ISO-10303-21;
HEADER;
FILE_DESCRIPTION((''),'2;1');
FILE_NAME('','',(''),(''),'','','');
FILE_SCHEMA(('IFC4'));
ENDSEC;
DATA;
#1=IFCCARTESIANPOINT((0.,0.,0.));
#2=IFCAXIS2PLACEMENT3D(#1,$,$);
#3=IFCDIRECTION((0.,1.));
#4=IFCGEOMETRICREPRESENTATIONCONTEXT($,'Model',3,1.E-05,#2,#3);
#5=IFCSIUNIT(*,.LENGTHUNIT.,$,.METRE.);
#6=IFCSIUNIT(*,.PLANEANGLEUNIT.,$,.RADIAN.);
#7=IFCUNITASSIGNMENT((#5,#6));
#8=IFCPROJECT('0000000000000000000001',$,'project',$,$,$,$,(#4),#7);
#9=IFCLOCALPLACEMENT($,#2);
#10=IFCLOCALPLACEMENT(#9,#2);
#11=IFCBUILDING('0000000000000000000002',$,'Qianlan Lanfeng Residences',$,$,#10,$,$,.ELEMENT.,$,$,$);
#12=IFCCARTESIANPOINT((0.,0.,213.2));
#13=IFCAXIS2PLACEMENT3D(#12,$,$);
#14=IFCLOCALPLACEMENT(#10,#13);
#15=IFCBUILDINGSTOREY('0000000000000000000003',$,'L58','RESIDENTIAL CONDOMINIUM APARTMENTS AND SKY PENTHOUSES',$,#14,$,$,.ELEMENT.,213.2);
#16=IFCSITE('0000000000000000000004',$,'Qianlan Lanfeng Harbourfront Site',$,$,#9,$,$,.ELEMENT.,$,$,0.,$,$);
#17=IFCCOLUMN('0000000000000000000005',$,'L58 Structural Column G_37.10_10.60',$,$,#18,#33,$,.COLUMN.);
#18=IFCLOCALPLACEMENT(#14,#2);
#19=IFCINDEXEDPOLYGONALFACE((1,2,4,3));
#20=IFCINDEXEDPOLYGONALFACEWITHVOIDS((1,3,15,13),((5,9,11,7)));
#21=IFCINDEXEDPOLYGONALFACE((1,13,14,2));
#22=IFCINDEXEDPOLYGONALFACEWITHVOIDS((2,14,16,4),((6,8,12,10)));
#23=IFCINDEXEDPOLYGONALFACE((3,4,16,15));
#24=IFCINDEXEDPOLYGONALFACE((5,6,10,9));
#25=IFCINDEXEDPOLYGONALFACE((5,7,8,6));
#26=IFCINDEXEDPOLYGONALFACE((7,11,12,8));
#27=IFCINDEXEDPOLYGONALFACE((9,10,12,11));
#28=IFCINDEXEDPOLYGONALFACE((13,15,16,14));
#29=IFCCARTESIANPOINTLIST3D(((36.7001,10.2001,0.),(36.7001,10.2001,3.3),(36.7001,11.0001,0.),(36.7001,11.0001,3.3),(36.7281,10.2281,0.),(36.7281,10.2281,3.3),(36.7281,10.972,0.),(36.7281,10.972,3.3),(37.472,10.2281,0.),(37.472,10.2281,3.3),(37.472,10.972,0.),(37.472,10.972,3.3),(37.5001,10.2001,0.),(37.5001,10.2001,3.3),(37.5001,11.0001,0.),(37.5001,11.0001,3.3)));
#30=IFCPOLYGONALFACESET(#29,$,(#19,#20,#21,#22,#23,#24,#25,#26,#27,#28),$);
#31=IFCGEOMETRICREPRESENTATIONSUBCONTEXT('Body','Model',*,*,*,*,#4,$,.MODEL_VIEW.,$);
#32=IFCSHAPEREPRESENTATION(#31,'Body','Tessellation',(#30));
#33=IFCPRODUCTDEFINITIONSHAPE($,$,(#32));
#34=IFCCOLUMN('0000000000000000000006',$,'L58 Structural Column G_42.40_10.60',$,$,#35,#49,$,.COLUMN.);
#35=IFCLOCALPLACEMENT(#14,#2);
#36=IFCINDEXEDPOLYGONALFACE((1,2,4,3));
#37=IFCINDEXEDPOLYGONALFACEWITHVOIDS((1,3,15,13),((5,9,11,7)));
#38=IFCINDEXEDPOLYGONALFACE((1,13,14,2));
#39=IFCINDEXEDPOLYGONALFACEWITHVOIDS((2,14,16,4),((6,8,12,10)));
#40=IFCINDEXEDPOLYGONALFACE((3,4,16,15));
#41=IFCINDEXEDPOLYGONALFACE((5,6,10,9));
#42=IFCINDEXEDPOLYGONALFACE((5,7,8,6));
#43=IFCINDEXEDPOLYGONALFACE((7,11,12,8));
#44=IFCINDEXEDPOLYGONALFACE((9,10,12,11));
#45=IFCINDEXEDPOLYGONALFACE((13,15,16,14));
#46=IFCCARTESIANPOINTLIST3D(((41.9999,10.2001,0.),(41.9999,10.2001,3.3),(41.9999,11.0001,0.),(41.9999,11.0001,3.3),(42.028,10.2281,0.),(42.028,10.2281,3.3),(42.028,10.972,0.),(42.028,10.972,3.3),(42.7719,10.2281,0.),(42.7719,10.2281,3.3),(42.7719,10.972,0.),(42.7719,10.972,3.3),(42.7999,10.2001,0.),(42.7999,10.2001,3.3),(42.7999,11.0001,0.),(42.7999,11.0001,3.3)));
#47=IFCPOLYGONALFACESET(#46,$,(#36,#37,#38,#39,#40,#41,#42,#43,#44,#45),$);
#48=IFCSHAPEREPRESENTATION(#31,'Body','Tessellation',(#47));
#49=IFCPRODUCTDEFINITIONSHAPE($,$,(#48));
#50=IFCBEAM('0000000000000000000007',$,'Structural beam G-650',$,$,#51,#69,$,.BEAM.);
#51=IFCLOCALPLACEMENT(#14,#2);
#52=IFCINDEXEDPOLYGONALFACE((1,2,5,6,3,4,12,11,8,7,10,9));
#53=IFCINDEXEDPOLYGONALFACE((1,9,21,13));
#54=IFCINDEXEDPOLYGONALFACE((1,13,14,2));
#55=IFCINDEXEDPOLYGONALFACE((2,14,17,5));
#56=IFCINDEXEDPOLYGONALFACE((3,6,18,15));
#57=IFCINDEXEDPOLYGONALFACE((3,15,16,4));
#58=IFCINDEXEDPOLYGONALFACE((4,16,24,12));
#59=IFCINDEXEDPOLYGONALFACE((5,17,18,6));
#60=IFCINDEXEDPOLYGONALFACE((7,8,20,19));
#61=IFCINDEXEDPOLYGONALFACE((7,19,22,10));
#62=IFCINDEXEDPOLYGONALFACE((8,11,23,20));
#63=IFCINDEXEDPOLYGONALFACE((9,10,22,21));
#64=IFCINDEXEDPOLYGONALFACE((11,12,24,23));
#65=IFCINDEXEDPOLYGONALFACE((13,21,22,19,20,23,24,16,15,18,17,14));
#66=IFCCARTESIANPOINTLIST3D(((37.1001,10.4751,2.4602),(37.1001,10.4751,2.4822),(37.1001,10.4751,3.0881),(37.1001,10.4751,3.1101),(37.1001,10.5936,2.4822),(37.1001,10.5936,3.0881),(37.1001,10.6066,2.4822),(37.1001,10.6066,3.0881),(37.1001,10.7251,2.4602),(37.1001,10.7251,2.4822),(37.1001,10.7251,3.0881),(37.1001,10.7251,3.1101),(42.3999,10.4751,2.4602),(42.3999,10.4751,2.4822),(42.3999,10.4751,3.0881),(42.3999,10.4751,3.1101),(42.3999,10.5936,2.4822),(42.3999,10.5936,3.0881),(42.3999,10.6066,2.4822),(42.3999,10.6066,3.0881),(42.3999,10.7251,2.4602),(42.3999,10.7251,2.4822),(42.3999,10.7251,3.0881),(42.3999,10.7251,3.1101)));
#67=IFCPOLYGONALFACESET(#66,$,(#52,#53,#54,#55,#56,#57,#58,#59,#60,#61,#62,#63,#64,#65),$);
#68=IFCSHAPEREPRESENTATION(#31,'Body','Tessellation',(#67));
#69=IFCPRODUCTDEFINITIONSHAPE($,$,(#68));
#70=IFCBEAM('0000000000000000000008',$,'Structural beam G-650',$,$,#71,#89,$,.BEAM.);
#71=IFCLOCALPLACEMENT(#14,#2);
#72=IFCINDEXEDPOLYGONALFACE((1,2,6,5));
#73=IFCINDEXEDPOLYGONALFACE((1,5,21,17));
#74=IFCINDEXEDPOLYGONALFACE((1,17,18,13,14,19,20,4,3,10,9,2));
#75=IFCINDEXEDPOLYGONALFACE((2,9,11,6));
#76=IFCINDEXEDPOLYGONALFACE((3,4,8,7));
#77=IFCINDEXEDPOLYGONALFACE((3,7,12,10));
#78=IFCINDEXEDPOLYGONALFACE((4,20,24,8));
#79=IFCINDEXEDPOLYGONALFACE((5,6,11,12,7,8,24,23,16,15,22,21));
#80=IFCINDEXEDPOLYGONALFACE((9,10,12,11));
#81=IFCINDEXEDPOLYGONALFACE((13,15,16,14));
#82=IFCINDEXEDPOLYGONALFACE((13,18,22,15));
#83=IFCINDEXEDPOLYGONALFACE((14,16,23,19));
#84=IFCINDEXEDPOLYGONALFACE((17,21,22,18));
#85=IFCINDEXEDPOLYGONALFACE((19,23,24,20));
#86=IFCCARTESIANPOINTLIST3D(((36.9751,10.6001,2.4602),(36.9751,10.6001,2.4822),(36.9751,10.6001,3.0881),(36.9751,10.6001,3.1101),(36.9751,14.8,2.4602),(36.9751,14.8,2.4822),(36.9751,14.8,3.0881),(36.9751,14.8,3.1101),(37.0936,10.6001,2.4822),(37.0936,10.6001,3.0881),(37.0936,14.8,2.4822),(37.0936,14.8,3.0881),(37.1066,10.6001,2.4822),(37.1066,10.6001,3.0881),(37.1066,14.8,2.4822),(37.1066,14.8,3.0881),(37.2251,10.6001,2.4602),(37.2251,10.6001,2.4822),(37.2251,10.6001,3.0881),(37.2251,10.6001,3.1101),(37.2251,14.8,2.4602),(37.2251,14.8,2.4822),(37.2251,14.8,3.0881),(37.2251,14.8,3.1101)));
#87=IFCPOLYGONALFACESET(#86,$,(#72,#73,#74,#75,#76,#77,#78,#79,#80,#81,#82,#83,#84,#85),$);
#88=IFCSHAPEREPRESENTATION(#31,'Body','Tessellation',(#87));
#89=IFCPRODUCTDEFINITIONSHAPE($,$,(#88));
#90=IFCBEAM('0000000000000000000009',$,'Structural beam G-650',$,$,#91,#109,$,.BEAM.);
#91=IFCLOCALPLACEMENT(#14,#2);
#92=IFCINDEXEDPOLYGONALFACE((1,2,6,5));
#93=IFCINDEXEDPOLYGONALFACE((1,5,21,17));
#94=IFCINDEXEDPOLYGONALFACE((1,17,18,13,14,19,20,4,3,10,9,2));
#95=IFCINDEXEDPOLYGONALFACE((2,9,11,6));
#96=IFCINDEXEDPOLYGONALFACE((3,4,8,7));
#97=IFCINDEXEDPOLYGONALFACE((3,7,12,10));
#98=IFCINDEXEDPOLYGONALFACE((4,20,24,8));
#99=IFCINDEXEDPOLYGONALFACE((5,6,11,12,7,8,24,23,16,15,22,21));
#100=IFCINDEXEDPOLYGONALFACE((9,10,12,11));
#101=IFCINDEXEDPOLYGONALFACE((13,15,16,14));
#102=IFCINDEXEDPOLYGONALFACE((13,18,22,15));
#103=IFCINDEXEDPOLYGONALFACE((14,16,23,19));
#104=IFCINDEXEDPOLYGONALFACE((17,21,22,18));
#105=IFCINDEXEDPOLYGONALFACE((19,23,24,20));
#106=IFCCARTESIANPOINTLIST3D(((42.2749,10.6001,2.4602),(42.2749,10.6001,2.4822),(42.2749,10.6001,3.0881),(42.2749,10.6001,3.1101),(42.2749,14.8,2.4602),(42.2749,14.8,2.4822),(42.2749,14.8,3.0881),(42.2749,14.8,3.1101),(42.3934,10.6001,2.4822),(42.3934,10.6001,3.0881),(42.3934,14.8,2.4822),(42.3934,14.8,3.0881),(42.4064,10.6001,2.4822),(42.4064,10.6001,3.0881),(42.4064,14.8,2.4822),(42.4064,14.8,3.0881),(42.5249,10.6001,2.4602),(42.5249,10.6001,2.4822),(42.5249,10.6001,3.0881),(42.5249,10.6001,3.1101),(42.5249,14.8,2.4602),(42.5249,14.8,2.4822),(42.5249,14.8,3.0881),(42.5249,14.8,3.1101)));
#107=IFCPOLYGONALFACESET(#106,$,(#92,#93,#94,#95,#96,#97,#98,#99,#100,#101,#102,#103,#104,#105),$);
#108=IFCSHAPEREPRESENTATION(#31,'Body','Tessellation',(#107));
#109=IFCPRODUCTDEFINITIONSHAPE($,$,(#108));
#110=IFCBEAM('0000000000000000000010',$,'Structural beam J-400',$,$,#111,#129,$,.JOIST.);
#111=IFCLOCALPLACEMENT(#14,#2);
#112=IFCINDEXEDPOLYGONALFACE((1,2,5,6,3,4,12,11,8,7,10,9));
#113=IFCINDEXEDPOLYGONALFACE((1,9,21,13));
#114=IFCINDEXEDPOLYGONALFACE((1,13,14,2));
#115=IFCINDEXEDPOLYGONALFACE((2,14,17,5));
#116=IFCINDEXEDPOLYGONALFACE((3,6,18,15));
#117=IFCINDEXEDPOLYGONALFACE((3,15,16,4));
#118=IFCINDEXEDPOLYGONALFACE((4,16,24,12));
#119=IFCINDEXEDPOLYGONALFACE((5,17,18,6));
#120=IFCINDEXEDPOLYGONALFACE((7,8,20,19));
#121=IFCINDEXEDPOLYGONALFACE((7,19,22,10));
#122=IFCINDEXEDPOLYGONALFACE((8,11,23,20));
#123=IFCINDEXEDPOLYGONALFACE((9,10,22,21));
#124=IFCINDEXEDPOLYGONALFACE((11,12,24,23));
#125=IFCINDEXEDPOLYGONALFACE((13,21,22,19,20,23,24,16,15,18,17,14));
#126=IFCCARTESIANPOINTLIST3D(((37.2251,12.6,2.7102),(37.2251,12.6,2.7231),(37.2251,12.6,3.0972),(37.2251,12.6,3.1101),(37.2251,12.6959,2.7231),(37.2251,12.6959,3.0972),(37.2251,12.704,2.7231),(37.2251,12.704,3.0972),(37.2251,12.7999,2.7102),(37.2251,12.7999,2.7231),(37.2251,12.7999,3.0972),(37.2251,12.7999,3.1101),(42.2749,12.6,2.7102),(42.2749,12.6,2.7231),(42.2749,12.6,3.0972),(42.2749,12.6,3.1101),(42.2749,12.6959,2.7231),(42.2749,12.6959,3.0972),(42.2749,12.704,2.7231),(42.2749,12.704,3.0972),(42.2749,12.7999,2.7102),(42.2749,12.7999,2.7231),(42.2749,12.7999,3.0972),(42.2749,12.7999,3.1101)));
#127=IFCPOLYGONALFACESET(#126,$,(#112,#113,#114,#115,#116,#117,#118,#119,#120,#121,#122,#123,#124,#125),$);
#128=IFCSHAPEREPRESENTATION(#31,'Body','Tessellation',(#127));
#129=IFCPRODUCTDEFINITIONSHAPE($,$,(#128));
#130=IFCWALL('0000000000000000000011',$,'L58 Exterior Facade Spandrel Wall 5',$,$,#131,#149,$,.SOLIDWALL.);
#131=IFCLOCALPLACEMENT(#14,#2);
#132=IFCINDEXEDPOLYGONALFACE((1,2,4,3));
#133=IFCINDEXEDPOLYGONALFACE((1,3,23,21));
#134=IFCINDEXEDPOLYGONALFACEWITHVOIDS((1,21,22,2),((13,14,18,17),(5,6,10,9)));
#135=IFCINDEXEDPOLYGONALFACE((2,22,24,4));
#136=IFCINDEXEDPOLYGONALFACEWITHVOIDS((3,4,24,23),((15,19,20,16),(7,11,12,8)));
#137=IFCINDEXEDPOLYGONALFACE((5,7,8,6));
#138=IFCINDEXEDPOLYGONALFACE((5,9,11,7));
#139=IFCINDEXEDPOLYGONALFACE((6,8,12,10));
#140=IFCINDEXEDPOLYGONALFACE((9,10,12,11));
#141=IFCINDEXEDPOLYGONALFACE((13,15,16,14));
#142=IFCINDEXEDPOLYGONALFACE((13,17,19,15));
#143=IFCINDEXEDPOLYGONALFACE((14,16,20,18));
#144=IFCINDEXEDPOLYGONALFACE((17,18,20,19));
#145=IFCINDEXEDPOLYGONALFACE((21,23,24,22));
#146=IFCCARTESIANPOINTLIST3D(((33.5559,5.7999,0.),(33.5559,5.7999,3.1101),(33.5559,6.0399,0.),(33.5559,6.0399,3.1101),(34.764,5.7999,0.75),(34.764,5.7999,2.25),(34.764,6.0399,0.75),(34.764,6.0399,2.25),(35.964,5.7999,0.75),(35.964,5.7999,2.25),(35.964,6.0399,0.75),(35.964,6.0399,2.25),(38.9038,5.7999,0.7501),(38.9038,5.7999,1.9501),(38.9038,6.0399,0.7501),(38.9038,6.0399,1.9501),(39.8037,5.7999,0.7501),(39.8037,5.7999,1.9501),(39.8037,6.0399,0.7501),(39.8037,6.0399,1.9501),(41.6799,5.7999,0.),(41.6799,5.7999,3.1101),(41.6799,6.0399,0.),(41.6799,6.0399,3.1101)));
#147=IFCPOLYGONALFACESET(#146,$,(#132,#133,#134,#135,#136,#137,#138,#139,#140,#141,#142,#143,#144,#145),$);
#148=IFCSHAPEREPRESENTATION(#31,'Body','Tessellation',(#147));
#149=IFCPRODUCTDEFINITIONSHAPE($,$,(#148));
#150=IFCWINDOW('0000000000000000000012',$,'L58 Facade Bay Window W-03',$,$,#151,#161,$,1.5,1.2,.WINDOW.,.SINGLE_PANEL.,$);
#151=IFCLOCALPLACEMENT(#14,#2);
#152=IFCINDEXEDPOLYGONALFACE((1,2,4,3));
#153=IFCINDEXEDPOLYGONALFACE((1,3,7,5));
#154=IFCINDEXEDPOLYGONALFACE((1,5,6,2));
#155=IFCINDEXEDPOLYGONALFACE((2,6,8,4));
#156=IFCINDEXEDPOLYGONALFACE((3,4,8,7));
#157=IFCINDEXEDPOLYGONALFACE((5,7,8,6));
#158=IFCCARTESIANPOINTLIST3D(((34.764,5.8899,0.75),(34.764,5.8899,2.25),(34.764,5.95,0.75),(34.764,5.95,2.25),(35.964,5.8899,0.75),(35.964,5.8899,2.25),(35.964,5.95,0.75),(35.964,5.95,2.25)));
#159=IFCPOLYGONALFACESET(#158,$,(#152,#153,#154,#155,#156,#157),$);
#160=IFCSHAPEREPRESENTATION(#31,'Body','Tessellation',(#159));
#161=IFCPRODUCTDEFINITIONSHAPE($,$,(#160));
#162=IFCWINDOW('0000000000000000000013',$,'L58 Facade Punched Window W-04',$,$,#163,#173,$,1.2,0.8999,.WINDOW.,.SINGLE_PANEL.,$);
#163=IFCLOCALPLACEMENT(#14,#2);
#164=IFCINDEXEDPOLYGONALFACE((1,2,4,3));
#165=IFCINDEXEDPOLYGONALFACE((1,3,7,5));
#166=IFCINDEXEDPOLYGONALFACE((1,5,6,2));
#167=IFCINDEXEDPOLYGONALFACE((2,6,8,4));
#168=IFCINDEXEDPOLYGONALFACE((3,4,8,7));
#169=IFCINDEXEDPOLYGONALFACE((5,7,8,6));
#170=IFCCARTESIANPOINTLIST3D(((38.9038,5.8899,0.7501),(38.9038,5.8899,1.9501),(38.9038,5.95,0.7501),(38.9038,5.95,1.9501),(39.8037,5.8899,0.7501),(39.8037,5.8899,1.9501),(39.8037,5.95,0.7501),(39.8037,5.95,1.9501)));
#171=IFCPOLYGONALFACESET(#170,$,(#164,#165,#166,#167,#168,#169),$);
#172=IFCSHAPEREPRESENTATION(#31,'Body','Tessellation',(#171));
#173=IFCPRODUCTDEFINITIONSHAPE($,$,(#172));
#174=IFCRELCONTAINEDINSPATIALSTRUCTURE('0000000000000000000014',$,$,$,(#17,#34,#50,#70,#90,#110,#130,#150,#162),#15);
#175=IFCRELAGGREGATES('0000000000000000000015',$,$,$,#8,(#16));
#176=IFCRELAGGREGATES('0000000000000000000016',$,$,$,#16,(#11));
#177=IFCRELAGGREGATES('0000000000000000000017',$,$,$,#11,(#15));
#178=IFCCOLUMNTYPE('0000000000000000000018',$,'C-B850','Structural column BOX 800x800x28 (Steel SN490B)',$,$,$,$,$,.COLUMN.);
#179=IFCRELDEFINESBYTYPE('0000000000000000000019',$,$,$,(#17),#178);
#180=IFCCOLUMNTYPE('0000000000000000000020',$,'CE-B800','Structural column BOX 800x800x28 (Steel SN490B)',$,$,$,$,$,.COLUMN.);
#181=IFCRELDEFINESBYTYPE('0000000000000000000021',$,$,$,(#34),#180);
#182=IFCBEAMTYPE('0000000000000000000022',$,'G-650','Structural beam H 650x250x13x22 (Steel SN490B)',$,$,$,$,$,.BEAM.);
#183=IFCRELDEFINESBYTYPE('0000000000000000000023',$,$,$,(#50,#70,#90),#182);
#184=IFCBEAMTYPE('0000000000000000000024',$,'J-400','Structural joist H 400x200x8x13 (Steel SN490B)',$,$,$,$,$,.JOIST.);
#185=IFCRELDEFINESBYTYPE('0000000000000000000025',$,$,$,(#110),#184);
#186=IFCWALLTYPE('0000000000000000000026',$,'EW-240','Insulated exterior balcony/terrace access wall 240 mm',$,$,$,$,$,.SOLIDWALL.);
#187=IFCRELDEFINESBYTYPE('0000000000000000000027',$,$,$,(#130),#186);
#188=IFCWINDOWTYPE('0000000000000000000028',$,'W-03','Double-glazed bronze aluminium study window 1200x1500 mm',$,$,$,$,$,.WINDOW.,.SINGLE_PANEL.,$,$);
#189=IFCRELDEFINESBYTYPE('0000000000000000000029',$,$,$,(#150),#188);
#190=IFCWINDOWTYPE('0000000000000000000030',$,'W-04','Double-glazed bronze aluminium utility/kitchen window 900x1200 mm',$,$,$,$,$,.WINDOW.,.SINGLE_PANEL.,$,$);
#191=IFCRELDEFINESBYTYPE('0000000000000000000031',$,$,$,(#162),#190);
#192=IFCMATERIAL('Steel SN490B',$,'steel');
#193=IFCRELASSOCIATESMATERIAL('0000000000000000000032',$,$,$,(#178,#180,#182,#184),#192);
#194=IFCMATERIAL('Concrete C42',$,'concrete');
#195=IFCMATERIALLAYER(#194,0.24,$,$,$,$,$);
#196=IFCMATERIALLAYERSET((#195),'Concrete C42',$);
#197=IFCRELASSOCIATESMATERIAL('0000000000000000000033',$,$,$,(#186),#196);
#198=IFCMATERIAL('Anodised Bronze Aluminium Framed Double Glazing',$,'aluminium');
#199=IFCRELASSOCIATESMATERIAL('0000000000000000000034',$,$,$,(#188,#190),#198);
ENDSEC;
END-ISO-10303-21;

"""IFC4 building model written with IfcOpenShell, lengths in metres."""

from ifc_helpers import new_model, si_unit, direction, frame, frame_2d, origin, origin_2d, place, context, subcontext, project, spatial, rectangle, hollow_rectangle, i_section, extrude, material, layer, layer_set, material_profile, profile_set, type_object, element, fill, save


model = new_model("IFC4")

# Units and contexts
model_context = context("Model", 3, precision=1e-05, world=origin(), true_north=direction((0.0, 1.0)))
body_context = subcontext(model_context, "Body", "Model", "MODEL_VIEW")
ifc_project = project(units=[si_unit("LENGTHUNIT", "METRE"), si_unit("PLANEANGLEUNIT", "RADIAN")], contexts=[model_context])

# Site, building, storey
site_placement = place(None, origin())
site = spatial("IfcSite", under=ifc_project, at=site_placement, Name="Qianlan Lanfeng Harbourfront Site", CompositionType="ELEMENT", RefElevation=0.0)
building_placement = place(site_placement, origin())
building = spatial("IfcBuilding", under=site, at=building_placement, Name="Qianlan Lanfeng Residences", CompositionType="ELEMENT")
storey_placement = place(building_placement, frame((0.0, 0.0, 213.2)))
storey = spatial("IfcBuildingStorey", under=building, at=storey_placement, Name="L58", Description="RESIDENTIAL CONDOMINIUM APARTMENTS AND SKY PENTHOUSES", CompositionType="ELEMENT", Elevation=213.2)

# Columns
ifc_material_1 = material(Name="Steel SN490B", Category="steel")
ifc_material_profile_1 = material_profile(ifc_material_1, hollow_rectangle(XDim=0.8, YDim=0.8, WallThickness=0.0281, at=origin_2d()), Name="BOX 800x800x28")
ifc_profile_set_1 = profile_set([ifc_material_profile_1], Name="Steel SN490B")
column_type_1 = type_object("IfcColumnType", Name="C-B850", Description="Structural column BOX 800x800x28 (Steel SN490B)", PredefinedType="COLUMN", material=ifc_profile_set_1)
column_1_placement = place(storey_placement, frame((37.1001, 10.6001, 0.0), z_axis=(0.0, 0.0, 1.0), x_axis=(1.0, 0.0, 0.0)))
element("IfcColumn", 1, at=column_1_placement, inside=storey, type_object=column_type_1, Name="L58 Structural Column G_37.10_10.60", PredefinedType="COLUMN", context=body_context, shape_type="SweptSolid", body=[
    extrude(hollow_rectangle(XDim=0.8, YDim=0.8, WallThickness=0.0281, at=origin_2d()), origin(), (0.0, 0.0, 1.0), 3.3),
])
ifc_material_profile_2 = material_profile(ifc_material_1, hollow_rectangle(XDim=0.8, YDim=0.8, WallThickness=0.0281, at=origin_2d()), Name="BOX 800x800x28")
ifc_profile_set_2 = profile_set([ifc_material_profile_2], Name="Steel SN490B")
column_type_2 = type_object("IfcColumnType", Name="CE-B800", Description="Structural column BOX 800x800x28 (Steel SN490B)", PredefinedType="COLUMN", material=ifc_profile_set_2)
column_2_placement = place(storey_placement, frame((42.3999, 10.6001, 0.0), z_axis=(0.0, 0.0, 1.0), x_axis=(1.0, 0.0, 0.0)))
element("IfcColumn", 2, at=column_2_placement, inside=storey, type_object=column_type_2, Name="L58 Structural Column G_42.40_10.60", PredefinedType="COLUMN", context=body_context, shape_type="SweptSolid", body=[
    extrude(hollow_rectangle(XDim=0.8, YDim=0.8, WallThickness=0.0281, at=origin_2d()), origin(), (0.0, 0.0, 1.0), 3.3),
])

# Beams
ifc_material_profile_3 = material_profile(ifc_material_1, i_section(OverallWidth=0.25, OverallDepth=0.6499, WebThickness=0.0129, FlangeThickness=0.022, at=origin_2d()), Name="H 650x250x13x22")
ifc_profile_set_3 = profile_set([ifc_material_profile_3], Name="Steel SN490B")
beam_type_1 = type_object("IfcBeamType", Name="G-650", Description="Structural beam H 650x250x13x22 (Steel SN490B)", PredefinedType="BEAM", material=ifc_profile_set_3)
beam_1_placement = place(storey_placement, frame((37.1001, 10.6001, 2.7852), z_axis=(1.0, 0.0, 0.0), x_axis=(0.0, 1.0, 0.0)))
element("IfcBeam", 3, at=beam_1_placement, inside=storey, type_object=beam_type_1, Name="Structural beam G-650", PredefinedType="BEAM", context=body_context, shape_type="SweptSolid", body=[
    extrude(i_section(OverallWidth=0.25, OverallDepth=0.6499, WebThickness=0.0129, FlangeThickness=0.022, at=origin_2d()), origin(), (0.0, 0.0, 1.0), 5.2998),
])
for number, where, z_axis, x_axis, name in (
    (4, (37.1001, 10.6001, 2.7852), (0.0, 1.0, 0.0), (-1.0, 0.0, 0.0), "Structural beam G-650"),
    (5, (42.3999, 10.6001, 2.7852), (0.0, 1.0, 0.0), (-1.0, 0.0, 0.0), "Structural beam G-650"),
):
    element("IfcBeam", number, at=place(storey_placement, frame(where, z_axis=z_axis, x_axis=x_axis)), inside=storey, type_object=beam_type_1, Name=name, PredefinedType="BEAM", context=body_context, shape_type="SweptSolid", body=[
        extrude(i_section(OverallWidth=0.25, OverallDepth=0.6499, WebThickness=0.0129, FlangeThickness=0.022, at=origin_2d()), origin(), (0.0, 0.0, 1.0), 4.2),
    ])
ifc_material_profile_4 = material_profile(ifc_material_1, i_section(OverallWidth=0.2, OverallDepth=0.3999, WebThickness=0.0081, FlangeThickness=0.0129, at=origin_2d()), Name="H 400x200x8x13")
ifc_profile_set_4 = profile_set([ifc_material_profile_4], Name="Steel SN490B")
beam_type_2 = type_object("IfcBeamType", Name="J-400", Description="Structural joist H 400x200x8x13 (Steel SN490B)", PredefinedType="JOIST", material=ifc_profile_set_4)
beam_2_placement = place(storey_placement, frame((37.2251, 12.7, 2.9102), z_axis=(1.0, 0.0, 0.0), x_axis=(0.0, 1.0, 0.0)))
element("IfcBeam", 6, at=beam_2_placement, inside=storey, type_object=beam_type_2, Name="Structural beam J-400", PredefinedType="JOIST", context=body_context, shape_type="SweptSolid", body=[
    extrude(i_section(OverallWidth=0.2, OverallDepth=0.3999, WebThickness=0.0081, FlangeThickness=0.0129, at=origin_2d()), origin(), (0.0, 0.0, 1.0), 5.0498),
])

# Wall, openings, windows
ifc_material_2 = material(Name="Concrete C42", Category="concrete")
ifc_layer_1 = layer(ifc_material_2, 0.24)
ifc_layer_set_1 = layer_set([ifc_layer_1], Name="Concrete C42")
wall_type_1 = type_object("IfcWallType", Name="EW-240", Description="Insulated exterior balcony/terrace access wall 240 mm", PredefinedType="SOLIDWALL", material=ifc_layer_set_1)
wall_1_placement = place(storey_placement, frame((33.5559, 5.9199, 0.0), z_axis=(0.0, 0.0, 1.0), x_axis=(1.0, 0.0, 0.0)))
wall_1 = element("IfcWall", 7, at=wall_1_placement, inside=storey, type_object=wall_type_1, Name="L58 Exterior Facade Spandrel Wall 5", PredefinedType="SOLIDWALL", context=body_context, shape_type="SweptSolid", body=[
    extrude(rectangle(XDim=8.124, YDim=0.24, at=frame_2d((4.062, 0.0))), origin(), (0.0, 0.0, 1.0), 3.1101),
])
opening_1_placement = place(wall_1_placement, frame((5.3479, 0.0, 0.75)))
opening_1 = element("IfcOpeningElement", 8, at=opening_1_placement, cuts=wall_1, PredefinedType="OPENING", context=body_context, shape_type="SweptSolid", body=[
    extrude(rectangle(XDim=0.8999, YDim=1.2, at=frame_2d((0.45, 0.6001))), frame((0.0, 0.1299, 0.0), z_axis=(0.0, -1.0, 0.0), x_axis=(1.0, 0.0, 0.0)), (0.0, 0.0, 1.0), 0.26),
])
opening_2_placement = place(wall_1_placement, frame((1.208, 0.0, 0.75)))
opening_2 = element("IfcOpeningElement", 9, at=opening_2_placement, cuts=wall_1, PredefinedType="OPENING", context=body_context, shape_type="SweptSolid", body=[
    extrude(rectangle(XDim=1.2, YDim=1.5, at=frame_2d((0.6001, 0.75))), frame((0.0, 0.1299, 0.0), z_axis=(0.0, -1.0, 0.0), x_axis=(1.0, 0.0, 0.0)), (0.0, 0.0, 1.0), 0.26),
])
ifc_material_3 = material(Name="Anodised Bronze Aluminium Framed Double Glazing", Category="aluminium")
window_type_1 = type_object("IfcWindowType", Name="W-03", Description="Double-glazed bronze aluminium study window 1200x1500 mm", PartitioningType="SINGLE_PANEL", PredefinedType="WINDOW", material=ifc_material_3)
window_1_placement = place(opening_2_placement, origin())
window_1 = element("IfcWindow", 10, at=window_1_placement, inside=storey, type_object=window_type_1, Name="L58 Facade Bay Window W-03", OverallHeight=1.5, OverallWidth=1.2, PartitioningType="SINGLE_PANEL", PredefinedType="WINDOW", context=body_context, shape_type="SweptSolid", body=[
    extrude(rectangle(XDim=1.2, YDim=1.5, at=frame_2d((0.6001, 0.75))), frame((0.0, 0.03, 0.0), z_axis=(0.0, -1.0, 0.0), x_axis=(1.0, 0.0, 0.0)), (0.0, 0.0, 1.0), 0.0601),
])
fill(opening_2, window_1)
window_type_2 = type_object("IfcWindowType", Name="W-04", Description="Double-glazed bronze aluminium utility/kitchen window 900x1200 mm", PartitioningType="SINGLE_PANEL", PredefinedType="WINDOW", material=ifc_material_3)
window_2_placement = place(opening_1_placement, origin())
window_2 = element("IfcWindow", 11, at=window_2_placement, inside=storey, type_object=window_type_2, Name="L58 Facade Punched Window W-04", OverallHeight=1.2, OverallWidth=0.8999, PartitioningType="SINGLE_PANEL", PredefinedType="WINDOW", context=body_context, shape_type="SweptSolid", body=[
    extrude(rectangle(XDim=0.8999, YDim=1.2, at=frame_2d((0.45, 0.6001))), frame((0.0, 0.03, 0.0), z_axis=(0.0, -1.0, 0.0), x_axis=(1.0, 0.0, 0.0)), (0.0, 0.0, 1.0), 0.0601),
])
fill(opening_1, window_2)

save(model, "model.ifc")
